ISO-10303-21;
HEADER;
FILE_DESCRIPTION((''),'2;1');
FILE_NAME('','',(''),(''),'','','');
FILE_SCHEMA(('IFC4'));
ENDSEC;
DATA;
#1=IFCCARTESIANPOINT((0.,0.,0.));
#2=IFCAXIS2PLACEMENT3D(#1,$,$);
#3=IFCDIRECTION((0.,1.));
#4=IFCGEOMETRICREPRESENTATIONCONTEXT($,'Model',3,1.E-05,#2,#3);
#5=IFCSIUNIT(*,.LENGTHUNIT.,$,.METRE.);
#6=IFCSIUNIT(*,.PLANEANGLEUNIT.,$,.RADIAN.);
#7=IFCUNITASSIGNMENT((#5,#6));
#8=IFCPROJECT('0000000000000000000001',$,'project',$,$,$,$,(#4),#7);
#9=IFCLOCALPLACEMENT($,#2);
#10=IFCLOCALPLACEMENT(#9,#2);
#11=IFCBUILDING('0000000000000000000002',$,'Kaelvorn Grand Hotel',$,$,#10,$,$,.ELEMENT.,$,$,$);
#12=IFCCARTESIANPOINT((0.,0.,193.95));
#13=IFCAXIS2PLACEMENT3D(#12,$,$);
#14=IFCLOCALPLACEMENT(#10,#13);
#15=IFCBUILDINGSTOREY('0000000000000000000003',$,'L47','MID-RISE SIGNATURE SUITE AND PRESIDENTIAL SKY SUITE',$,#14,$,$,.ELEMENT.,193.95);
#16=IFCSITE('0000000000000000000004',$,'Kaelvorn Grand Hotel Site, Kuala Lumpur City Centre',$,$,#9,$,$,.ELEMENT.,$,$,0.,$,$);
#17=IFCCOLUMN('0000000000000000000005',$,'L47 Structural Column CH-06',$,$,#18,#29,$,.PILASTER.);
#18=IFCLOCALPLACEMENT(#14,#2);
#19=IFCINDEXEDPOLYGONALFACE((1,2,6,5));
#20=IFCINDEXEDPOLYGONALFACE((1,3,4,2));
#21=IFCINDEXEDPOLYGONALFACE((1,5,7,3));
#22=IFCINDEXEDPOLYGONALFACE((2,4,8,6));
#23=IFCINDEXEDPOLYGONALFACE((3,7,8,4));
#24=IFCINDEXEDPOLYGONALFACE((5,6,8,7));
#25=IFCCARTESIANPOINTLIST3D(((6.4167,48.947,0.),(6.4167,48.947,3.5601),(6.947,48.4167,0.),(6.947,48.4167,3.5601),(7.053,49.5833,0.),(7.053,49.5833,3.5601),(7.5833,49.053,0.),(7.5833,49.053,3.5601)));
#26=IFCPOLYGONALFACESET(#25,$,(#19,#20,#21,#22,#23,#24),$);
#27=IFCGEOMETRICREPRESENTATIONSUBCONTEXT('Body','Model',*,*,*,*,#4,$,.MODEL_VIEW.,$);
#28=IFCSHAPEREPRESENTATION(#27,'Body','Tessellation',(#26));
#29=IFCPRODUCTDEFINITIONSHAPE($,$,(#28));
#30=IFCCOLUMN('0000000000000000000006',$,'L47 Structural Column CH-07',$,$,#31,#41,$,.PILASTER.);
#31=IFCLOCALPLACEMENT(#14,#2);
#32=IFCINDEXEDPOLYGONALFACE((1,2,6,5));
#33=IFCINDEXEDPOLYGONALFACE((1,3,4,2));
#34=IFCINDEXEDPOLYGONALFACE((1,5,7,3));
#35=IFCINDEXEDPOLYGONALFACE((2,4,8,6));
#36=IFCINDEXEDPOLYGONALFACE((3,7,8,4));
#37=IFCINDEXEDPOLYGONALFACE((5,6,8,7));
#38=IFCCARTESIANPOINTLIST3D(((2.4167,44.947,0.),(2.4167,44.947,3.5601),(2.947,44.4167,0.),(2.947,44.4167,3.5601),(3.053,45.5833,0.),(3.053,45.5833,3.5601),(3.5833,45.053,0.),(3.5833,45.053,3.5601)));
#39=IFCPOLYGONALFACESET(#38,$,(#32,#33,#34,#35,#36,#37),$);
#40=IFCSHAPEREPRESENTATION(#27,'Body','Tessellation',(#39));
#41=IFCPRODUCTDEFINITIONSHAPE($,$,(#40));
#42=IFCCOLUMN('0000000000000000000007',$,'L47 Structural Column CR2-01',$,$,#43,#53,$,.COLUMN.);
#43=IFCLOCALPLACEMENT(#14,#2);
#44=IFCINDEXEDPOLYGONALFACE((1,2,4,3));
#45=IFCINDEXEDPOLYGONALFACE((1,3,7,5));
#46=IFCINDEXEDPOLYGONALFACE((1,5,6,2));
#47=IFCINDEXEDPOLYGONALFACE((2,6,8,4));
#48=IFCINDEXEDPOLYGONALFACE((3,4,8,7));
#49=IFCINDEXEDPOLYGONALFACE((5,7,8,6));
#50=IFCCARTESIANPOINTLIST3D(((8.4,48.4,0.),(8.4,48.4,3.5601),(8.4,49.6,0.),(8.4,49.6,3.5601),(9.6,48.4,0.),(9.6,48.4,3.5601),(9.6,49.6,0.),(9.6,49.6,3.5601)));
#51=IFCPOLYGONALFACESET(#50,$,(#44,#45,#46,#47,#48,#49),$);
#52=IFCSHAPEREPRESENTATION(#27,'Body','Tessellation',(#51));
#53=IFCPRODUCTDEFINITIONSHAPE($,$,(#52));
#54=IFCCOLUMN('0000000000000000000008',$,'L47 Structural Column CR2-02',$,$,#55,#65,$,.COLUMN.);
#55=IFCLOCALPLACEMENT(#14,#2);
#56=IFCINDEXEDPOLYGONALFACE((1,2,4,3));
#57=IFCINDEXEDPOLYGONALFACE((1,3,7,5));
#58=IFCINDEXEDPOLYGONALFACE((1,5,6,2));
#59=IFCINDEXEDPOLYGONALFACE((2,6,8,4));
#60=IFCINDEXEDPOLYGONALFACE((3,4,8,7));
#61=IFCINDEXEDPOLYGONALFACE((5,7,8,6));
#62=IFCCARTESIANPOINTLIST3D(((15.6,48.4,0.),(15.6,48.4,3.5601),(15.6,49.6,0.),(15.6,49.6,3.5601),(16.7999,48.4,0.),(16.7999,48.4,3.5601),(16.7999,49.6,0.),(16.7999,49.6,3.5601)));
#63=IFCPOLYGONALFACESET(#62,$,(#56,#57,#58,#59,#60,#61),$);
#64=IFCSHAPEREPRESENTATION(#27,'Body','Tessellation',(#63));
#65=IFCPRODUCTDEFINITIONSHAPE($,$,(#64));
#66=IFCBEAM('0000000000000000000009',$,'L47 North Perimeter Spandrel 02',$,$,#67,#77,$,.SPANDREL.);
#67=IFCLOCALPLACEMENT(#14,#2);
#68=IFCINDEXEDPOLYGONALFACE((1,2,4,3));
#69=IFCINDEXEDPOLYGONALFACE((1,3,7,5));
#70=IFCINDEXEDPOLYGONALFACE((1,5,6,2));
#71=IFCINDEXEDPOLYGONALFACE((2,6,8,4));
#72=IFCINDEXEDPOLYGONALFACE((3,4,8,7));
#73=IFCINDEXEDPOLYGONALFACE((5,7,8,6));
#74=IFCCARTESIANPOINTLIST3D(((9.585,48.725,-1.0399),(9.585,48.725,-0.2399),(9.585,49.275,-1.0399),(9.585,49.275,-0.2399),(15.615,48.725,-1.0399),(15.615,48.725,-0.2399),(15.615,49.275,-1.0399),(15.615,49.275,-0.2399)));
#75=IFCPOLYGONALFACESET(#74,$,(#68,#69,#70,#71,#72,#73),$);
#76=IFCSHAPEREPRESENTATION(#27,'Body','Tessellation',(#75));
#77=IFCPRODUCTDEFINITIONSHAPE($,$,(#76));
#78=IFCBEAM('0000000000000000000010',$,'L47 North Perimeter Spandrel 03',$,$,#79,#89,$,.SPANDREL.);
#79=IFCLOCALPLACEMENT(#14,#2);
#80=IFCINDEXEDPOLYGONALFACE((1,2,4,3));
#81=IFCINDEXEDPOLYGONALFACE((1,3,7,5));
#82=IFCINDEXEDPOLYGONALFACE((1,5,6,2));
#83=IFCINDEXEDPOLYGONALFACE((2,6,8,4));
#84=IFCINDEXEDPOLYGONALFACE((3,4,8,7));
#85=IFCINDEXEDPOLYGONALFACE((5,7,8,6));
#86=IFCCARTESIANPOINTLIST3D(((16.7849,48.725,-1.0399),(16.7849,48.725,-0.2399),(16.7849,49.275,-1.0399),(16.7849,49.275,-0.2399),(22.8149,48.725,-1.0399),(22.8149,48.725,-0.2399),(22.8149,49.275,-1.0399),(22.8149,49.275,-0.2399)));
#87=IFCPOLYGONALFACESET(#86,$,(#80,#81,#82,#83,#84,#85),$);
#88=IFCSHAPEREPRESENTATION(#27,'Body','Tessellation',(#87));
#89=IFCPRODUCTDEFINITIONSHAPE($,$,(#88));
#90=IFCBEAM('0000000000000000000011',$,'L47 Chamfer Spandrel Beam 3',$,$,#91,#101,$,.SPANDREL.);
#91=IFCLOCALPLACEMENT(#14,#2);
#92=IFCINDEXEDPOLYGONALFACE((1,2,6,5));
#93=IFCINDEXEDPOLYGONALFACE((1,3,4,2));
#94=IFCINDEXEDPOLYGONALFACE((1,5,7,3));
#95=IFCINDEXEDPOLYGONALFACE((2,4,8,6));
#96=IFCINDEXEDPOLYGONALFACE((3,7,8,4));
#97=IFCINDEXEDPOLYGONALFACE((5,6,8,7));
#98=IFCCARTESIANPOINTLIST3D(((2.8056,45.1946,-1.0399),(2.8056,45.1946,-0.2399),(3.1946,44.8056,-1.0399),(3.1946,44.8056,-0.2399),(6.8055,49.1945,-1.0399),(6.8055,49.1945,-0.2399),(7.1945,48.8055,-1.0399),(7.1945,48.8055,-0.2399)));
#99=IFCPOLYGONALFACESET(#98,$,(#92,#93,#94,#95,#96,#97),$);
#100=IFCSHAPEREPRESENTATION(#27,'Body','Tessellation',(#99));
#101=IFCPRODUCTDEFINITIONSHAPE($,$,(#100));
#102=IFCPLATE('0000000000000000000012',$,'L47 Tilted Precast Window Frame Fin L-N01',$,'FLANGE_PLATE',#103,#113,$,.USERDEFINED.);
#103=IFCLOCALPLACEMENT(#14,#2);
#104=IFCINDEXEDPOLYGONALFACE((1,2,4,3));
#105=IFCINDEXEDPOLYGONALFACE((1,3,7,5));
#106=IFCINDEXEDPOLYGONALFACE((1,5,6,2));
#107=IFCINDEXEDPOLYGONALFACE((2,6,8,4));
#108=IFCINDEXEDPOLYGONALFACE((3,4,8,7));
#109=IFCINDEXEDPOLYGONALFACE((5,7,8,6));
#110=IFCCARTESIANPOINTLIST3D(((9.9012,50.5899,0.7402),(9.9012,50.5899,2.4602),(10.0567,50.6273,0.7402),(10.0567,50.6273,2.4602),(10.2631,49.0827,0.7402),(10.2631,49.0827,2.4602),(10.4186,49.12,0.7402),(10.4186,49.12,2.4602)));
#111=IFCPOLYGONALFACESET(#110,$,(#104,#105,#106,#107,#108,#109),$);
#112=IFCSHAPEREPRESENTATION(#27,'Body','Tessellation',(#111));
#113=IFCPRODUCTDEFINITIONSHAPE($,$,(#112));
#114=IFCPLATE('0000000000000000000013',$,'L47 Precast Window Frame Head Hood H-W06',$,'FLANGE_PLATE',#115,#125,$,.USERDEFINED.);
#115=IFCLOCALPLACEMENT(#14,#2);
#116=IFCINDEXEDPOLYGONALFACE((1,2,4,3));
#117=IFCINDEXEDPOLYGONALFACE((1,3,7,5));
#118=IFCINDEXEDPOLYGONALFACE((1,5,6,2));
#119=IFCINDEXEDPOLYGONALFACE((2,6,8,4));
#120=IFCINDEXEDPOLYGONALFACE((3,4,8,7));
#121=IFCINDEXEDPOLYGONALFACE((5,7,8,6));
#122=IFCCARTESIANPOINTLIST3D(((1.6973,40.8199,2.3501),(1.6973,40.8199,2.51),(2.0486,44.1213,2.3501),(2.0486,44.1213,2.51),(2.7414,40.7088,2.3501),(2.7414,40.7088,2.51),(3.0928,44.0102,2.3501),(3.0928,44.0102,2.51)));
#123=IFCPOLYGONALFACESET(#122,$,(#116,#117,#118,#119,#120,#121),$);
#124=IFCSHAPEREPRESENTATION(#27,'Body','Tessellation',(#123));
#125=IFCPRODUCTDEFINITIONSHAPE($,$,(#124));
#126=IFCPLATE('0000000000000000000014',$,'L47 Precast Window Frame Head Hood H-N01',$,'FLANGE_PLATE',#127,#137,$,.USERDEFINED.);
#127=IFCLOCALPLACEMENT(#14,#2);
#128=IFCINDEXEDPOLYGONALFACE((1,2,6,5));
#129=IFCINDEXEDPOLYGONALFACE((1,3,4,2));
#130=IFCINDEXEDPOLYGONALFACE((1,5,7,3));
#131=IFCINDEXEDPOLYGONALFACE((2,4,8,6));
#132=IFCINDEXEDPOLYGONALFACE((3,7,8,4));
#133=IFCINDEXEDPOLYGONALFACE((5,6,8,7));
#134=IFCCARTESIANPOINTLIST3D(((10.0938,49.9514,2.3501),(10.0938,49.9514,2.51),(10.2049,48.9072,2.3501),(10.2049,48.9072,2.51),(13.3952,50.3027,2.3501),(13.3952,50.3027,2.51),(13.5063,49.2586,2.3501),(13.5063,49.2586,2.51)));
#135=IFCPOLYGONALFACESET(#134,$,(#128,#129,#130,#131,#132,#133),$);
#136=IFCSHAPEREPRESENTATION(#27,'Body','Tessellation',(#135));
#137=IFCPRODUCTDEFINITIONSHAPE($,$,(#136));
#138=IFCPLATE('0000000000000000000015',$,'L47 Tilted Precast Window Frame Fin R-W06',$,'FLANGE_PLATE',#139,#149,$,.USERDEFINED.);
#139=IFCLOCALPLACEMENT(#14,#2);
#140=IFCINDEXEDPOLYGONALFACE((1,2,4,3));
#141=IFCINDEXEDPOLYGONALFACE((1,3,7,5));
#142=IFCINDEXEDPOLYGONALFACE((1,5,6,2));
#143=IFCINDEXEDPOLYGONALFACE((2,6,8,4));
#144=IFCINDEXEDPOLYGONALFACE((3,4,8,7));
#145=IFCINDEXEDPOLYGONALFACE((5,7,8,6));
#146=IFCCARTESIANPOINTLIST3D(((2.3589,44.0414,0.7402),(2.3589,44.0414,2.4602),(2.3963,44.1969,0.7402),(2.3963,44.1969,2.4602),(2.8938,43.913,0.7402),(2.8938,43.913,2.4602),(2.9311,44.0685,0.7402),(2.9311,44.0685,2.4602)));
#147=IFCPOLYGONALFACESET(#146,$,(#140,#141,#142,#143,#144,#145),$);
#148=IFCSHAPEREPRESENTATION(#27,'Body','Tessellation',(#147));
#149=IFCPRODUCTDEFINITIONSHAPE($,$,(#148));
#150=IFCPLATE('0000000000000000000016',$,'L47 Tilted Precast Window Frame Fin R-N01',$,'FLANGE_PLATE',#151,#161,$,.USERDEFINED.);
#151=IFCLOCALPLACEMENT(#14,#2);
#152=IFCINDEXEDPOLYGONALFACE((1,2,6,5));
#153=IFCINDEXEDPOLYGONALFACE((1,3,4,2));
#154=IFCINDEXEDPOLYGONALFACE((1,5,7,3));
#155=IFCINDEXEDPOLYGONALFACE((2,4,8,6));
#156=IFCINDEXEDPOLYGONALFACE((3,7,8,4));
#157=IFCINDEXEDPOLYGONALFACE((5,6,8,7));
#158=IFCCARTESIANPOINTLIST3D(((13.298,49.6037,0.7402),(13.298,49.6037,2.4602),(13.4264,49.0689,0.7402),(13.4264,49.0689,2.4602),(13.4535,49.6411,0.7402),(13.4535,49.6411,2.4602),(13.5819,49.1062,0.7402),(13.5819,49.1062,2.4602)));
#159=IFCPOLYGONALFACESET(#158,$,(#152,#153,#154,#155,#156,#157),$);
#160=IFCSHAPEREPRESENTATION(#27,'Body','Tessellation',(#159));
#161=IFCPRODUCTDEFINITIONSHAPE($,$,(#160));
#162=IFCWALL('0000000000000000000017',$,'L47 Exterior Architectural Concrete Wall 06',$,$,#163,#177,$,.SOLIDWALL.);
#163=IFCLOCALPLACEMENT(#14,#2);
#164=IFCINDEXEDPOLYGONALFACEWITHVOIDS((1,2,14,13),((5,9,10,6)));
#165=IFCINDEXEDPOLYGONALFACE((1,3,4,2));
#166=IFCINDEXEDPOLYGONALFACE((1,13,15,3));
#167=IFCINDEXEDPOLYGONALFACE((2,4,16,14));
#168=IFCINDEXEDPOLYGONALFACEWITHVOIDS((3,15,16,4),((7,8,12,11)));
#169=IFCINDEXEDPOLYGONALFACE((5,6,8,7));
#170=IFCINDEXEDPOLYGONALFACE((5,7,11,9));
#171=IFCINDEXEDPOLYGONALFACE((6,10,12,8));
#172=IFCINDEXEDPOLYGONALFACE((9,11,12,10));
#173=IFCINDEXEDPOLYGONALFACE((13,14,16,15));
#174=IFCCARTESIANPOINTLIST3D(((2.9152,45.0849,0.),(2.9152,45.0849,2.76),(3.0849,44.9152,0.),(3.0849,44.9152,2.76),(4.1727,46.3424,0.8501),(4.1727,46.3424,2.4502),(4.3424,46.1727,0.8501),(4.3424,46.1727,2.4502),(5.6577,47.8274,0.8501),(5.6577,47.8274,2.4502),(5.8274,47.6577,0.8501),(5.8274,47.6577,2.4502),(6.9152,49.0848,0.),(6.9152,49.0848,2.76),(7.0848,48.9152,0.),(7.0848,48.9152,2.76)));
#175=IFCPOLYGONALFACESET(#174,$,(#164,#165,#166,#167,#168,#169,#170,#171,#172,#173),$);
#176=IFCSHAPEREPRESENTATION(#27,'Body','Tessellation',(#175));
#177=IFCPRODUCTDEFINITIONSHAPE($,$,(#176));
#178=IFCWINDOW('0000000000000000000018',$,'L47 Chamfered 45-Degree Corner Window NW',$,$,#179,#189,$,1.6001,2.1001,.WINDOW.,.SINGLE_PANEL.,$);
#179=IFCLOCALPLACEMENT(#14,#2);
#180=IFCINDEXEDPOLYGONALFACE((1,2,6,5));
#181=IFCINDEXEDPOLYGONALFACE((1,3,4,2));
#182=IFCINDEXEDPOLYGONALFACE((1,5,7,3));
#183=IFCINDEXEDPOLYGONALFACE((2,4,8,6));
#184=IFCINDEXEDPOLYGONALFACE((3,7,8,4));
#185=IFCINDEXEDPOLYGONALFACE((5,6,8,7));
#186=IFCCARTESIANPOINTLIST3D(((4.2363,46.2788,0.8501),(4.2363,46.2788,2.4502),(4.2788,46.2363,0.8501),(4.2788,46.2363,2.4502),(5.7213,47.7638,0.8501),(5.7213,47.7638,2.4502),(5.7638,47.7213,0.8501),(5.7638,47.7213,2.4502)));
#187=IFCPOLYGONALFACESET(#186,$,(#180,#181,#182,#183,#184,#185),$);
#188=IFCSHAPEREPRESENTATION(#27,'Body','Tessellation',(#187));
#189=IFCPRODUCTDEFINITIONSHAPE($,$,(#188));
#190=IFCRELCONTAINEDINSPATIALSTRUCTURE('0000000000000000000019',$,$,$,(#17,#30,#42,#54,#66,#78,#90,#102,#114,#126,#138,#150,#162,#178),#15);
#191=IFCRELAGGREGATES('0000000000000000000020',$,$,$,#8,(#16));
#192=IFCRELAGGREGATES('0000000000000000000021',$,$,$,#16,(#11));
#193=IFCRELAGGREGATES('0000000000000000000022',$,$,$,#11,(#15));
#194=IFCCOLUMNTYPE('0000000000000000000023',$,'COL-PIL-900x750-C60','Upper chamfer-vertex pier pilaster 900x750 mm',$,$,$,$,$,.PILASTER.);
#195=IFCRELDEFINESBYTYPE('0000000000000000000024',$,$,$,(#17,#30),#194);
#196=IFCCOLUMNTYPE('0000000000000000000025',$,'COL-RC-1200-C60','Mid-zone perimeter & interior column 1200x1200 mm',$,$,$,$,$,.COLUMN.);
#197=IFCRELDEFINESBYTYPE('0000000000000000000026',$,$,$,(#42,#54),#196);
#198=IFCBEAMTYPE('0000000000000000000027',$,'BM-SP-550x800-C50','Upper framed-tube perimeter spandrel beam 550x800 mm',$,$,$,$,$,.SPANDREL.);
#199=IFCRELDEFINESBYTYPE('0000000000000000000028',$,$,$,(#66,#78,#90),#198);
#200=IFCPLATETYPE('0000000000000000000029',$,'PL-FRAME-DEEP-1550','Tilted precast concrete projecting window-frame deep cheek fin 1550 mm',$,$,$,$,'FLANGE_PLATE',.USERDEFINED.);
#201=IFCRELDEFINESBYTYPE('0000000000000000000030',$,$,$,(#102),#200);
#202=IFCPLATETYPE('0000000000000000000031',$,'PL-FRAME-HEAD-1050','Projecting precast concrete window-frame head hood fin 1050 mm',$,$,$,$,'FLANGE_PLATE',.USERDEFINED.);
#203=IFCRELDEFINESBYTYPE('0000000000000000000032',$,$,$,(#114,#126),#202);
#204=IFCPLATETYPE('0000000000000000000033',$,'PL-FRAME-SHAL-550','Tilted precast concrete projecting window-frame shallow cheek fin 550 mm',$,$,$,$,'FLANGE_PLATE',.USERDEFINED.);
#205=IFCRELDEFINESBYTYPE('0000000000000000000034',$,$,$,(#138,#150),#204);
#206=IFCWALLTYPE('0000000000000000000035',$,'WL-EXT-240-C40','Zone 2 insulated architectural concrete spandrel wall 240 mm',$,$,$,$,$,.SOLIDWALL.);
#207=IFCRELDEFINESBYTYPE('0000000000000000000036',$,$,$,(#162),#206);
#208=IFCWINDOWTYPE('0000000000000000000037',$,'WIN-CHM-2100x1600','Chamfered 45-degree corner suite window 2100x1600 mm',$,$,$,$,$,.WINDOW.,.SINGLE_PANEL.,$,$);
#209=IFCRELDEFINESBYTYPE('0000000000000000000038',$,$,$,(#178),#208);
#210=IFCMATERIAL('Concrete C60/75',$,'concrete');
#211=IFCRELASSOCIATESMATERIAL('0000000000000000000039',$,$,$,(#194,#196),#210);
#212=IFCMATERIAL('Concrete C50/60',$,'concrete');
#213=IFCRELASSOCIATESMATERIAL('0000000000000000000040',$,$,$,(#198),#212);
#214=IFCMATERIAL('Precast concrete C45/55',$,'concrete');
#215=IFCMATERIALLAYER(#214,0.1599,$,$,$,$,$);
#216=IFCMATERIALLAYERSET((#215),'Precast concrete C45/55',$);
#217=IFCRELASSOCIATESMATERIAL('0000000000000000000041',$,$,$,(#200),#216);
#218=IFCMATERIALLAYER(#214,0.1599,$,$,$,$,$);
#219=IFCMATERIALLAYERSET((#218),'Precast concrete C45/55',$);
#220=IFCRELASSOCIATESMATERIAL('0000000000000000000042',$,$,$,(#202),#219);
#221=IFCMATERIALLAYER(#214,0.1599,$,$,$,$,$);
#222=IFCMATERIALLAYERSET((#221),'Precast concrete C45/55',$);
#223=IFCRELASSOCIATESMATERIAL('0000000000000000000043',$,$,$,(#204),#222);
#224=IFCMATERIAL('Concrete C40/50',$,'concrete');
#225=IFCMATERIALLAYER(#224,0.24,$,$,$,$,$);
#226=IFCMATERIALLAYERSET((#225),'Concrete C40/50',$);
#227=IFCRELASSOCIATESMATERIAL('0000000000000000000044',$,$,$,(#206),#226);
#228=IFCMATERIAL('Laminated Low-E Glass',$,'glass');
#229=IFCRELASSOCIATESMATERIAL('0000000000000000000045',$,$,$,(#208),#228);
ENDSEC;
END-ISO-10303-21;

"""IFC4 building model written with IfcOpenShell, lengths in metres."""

from ifc_helpers import new_model, si_unit, direction, frame, frame_2d, origin, origin_2d, place, context, subcontext, project, spatial, rectangle, extrude, material, layer, layer_set, material_profile, profile_set, type_object, element, fill, save


model = new_model("IFC4")

# Units and contexts
model_context = context("Model", 3, precision=1e-05, world=origin(), true_north=direction((0.0, 1.0)))
body_context = subcontext(model_context, "Body", "Model", "MODEL_VIEW")
ifc_project = project(units=[si_unit("LENGTHUNIT", "METRE"), si_unit("PLANEANGLEUNIT", "RADIAN")], contexts=[model_context])

# Site, building, storey
site_placement = place(None, origin())
site = spatial("IfcSite", under=ifc_project, at=site_placement, Name="Kaelvorn Grand Hotel Site, Kuala Lumpur City Centre", CompositionType="ELEMENT", RefElevation=0.0)
building_placement = place(site_placement, origin())
building = spatial("IfcBuilding", under=site, at=building_placement, Name="Kaelvorn Grand Hotel", CompositionType="ELEMENT")
storey_placement = place(building_placement, frame((0.0, 0.0, 193.95)))
storey = spatial("IfcBuildingStorey", under=building, at=storey_placement, Name="L47", Description="MID-RISE SIGNATURE SUITE AND PRESIDENTIAL SKY SUITE", CompositionType="ELEMENT", Elevation=193.95)

# Columns
ifc_material_1 = material(Name="Concrete C60/75", Category="concrete")
ifc_material_profile_1 = material_profile(ifc_material_1, rectangle(XDim=0.8999, YDim=0.75, at=origin_2d()), Name="RC PILASTER 900x750")
ifc_profile_set_1 = profile_set([ifc_material_profile_1], Name="Concrete C60/75")
column_type_1 = type_object("IfcColumnType", Name="COL-PIL-900x750-C60", Description="Upper chamfer-vertex pier pilaster 900x750 mm", PredefinedType="PILASTER", material=ifc_profile_set_1)
for number, where, z_axis, x_axis, name in (
    (1, (7.0, 49.0, 0.0), (0.0, 0.0, 1.0), (0.707107, 0.707107, 0.0), "L47 Structural Column CH-06"),
    (2, (3.0, 45.0, 0.0), (0.0, 0.0, 1.0), (0.707107, 0.707107, 0.0), "L47 Structural Column CH-07"),
):
    element("IfcColumn", number, at=place(storey_placement, frame(where, z_axis=z_axis, x_axis=x_axis)), inside=storey, type_object=column_type_1, Name=name, PredefinedType="PILASTER", context=body_context, shape_type="SweptSolid", body=[
        extrude(rectangle(XDim=0.8999, YDim=0.75, at=origin_2d()), origin(), (0.0, 0.0, 1.0), 3.5601),
    ])
ifc_material_profile_2 = material_profile(ifc_material_1, rectangle(XDim=1.2, YDim=1.2, at=origin_2d()), Name="RC COL 1200x1200")
ifc_profile_set_2 = profile_set([ifc_material_profile_2], Name="Concrete C60/75")
column_type_2 = type_object("IfcColumnType", Name="COL-RC-1200-C60", Description="Mid-zone perimeter & interior column 1200x1200 mm", PredefinedType="COLUMN", material=ifc_profile_set_2)
for number, where, z_axis, x_axis, name in (
    (3, (9.0, 49.0, 0.0), (0.0, 0.0, 1.0), (1.0, 0.0, 0.0), "L47 Structural Column CR2-01"),
    (4, (16.2, 49.0, 0.0), (0.0, 0.0, 1.0), (1.0, 0.0, 0.0), "L47 Structural Column CR2-02"),
):
    element("IfcColumn", number, at=place(storey_placement, frame(where, z_axis=z_axis, x_axis=x_axis)), inside=storey, type_object=column_type_2, Name=name, PredefinedType="COLUMN", context=body_context, shape_type="SweptSolid", body=[
        extrude(rectangle(XDim=1.2, YDim=1.2, at=origin_2d()), origin(), (0.0, 0.0, 1.0), 3.5601),
    ])

# Beams
ifc_material_2 = material(Name="Concrete C50/60", Category="concrete")
ifc_material_profile_3 = material_profile(ifc_material_2, rectangle(XDim=0.55, YDim=0.8, at=origin_2d()), Name="RC SPANDREL 550x800")
ifc_profile_set_3 = profile_set([ifc_material_profile_3], Name="Concrete C50/60")
beam_type = type_object("IfcBeamType", Name="BM-SP-550x800-C50", Description="Upper framed-tube perimeter spandrel beam 550x800 mm", PredefinedType="SPANDREL", material=ifc_profile_set_3)
for number, where, z_axis, x_axis, name in (
    (5, (9.585, 49.0, -0.6399), (1.0, 0.0, 0.0), (0.0, 1.0, 0.0), "L47 North Perimeter Spandrel 02"),
    (6, (16.7849, 49.0, -0.6399), (1.0, 0.0, 0.0), (0.0, 1.0, 0.0), "L47 North Perimeter Spandrel 03"),
):
    element("IfcBeam", number, at=place(storey_placement, frame(where, z_axis=z_axis, x_axis=x_axis)), inside=storey, type_object=beam_type, Name=name, PredefinedType="SPANDREL", context=body_context, shape_type="SweptSolid", body=[
        extrude(rectangle(XDim=0.55, YDim=0.8, at=origin_2d()), origin(), (0.0, 0.0, 1.0), 6.03),
    ])
beam_placement = place(storey_placement, frame((7.0, 49.0, -0.6399), z_axis=(-0.707107, -0.707107, 0.0), x_axis=(0.707107, -0.707107, 0.0)))
element("IfcBeam", 7, at=beam_placement, inside=storey, type_object=beam_type, Name="L47 Chamfer Spandrel Beam 3", PredefinedType="SPANDREL", context=body_context, shape_type="SweptSolid", body=[
    extrude(rectangle(XDim=0.55, YDim=0.8, at=origin_2d()), origin(), (0.0, 0.0, 1.0), 5.6567),
])

# Plates
ifc_material_3 = material(Name="Precast concrete C45/55", Category="concrete")
ifc_layer_1 = layer(ifc_material_3, 0.1599)
ifc_layer_set_1 = layer_set([ifc_layer_1], Name="Precast concrete C45/55")
plate_type_1 = type_object("IfcPlateType", Name="PL-FRAME-DEEP-1550", Description="Tilted precast concrete projecting window-frame deep cheek fin 1550 mm", ElementType="FLANGE_PLATE", PredefinedType="USERDEFINED", material=ifc_layer_set_1)
plate_placement = place(storey_placement, frame((10.1599, 49.855, 0.7402), z_axis=(0.0, 0.0, 1.0), x_axis=(0.97237, 0.233445, 0.0)))
element("IfcPlate", 8, at=plate_placement, inside=storey, type_object=plate_type_1, Name="L47 Tilted Precast Window Frame Fin L-N01", ObjectType="FLANGE_PLATE", PredefinedType="USERDEFINED", context=body_context, shape_type="SweptSolid", body=[
    extrude(rectangle(XDim=0.1599, YDim=1.55, at=origin_2d()), origin(), (0.0, 0.0, 1.0), 1.72),
])
ifc_layer_2 = layer(ifc_material_3, 0.1599)
ifc_layer_set_2 = layer_set([ifc_layer_2], Name="Precast concrete C45/55")
plate_type_2 = type_object("IfcPlateType", Name="PL-FRAME-HEAD-1050", Description="Projecting precast concrete window-frame head hood fin 1050 mm", ElementType="FLANGE_PLATE", PredefinedType="USERDEFINED", material=ifc_layer_set_2)
for number, where, z_axis, x_axis, name in (
    (9, (2.395, 42.415, 2.3501), (0.0, 0.0, 1.0), (0.10583, 0.994384, 0.0), "L47 Precast Window Frame Head Hood H-W06"),
    (10, (11.8, 49.605, 2.3501), (0.0, 0.0, 1.0), (0.994384, 0.10583, 0.0), "L47 Precast Window Frame Head Hood H-N01"),
):
    element("IfcPlate", number, at=place(storey_placement, frame(where, z_axis=z_axis, x_axis=x_axis)), inside=storey, type_object=plate_type_2, Name=name, ObjectType="FLANGE_PLATE", PredefinedType="USERDEFINED", context=body_context, shape_type="SweptSolid", body=[
        extrude(rectangle(XDim=3.3201, YDim=1.05, at=origin_2d()), origin(), (0.0, 0.0, 1.0), 0.1599),
    ])
ifc_layer_3 = layer(ifc_material_3, 0.1599)
ifc_layer_set_3 = layer_set([ifc_layer_3], Name="Precast concrete C45/55")
plate_type_3 = type_object("IfcPlateType", Name="PL-FRAME-SHAL-550", Description="Tilted precast concrete projecting window-frame shallow cheek fin 550 mm", ElementType="FLANGE_PLATE", PredefinedType="USERDEFINED", material=ifc_layer_set_3)
for number, where, z_axis, x_axis, name in (
    (11, (2.645, 44.0549, 0.7402), (0.0, 0.0, 1.0), (0.233445, 0.97237, 0.0), "L47 Tilted Precast Window Frame Fin R-W06"),
    (12, (13.4399, 49.355, 0.7402), (0.0, 0.0, 1.0), (0.97237, 0.233445, 0.0), "L47 Tilted Precast Window Frame Fin R-N01"),
):
    element("IfcPlate", number, at=place(storey_placement, frame(where, z_axis=z_axis, x_axis=x_axis)), inside=storey, type_object=plate_type_3, Name=name, ObjectType="FLANGE_PLATE", PredefinedType="USERDEFINED", context=body_context, shape_type="SweptSolid", body=[
        extrude(rectangle(XDim=0.1599, YDim=0.55, at=origin_2d()), origin(), (0.0, 0.0, 1.0), 1.72),
    ])

# Wall, opening, window
ifc_material_4 = material(Name="Concrete C40/50", Category="concrete")
ifc_layer_4 = layer(ifc_material_4, 0.24)
ifc_layer_set_4 = layer_set([ifc_layer_4], Name="Concrete C40/50")
wall_type_1 = type_object("IfcWallType", Name="WL-EXT-240-C40", Description="Zone 2 insulated architectural concrete spandrel wall 240 mm", PredefinedType="SOLIDWALL", material=ifc_layer_set_4)
wall_1_placement = place(storey_placement, frame((7.0, 49.0, 0.0), z_axis=(0.0, 0.0, 1.0), x_axis=(-0.707107, -0.707107, 0.0)))
wall_1 = element("IfcWall", 13, at=wall_1_placement, inside=storey, type_object=wall_type_1, Name="L47 Exterior Architectural Concrete Wall 06", PredefinedType="SOLIDWALL", context=body_context, shape_type="SweptSolid", body=[
    extrude(rectangle(XDim=5.6567, YDim=0.24, at=frame_2d((2.8284, 0.0))), origin(), (0.0, 0.0, 1.0), 2.76),
])
opening_1_placement = place(wall_1_placement, frame((1.7783, 0.0, 0.8501)))
opening_1 = element("IfcOpeningElement", 14, at=opening_1_placement, cuts=wall_1, PredefinedType="OPENING", context=body_context, shape_type="SweptSolid", body=[
    extrude(rectangle(XDim=2.1001, YDim=1.6001, at=frame_2d((1.05, 0.8))), frame((0.0, 0.1299, 0.0), z_axis=(0.0, -1.0, 0.0), x_axis=(1.0, 0.0, 0.0)), (0.0, 0.0, 1.0), 0.26),
])
ifc_material_5 = material(Name="Laminated Low-E Glass", Category="glass")
window_type_1 = type_object("IfcWindowType", Name="WIN-CHM-2100x1600", Description="Chamfered 45-degree corner suite window 2100x1600 mm", PartitioningType="SINGLE_PANEL", PredefinedType="WINDOW", material=ifc_material_5)
window_1_placement = place(opening_1_placement, origin())
window_1 = element("IfcWindow", 15, at=window_1_placement, inside=storey, type_object=window_type_1, Name="L47 Chamfered 45-Degree Corner Window NW", OverallHeight=1.6001, OverallWidth=2.1001, PartitioningType="SINGLE_PANEL", PredefinedType="WINDOW", context=body_context, shape_type="SweptSolid", body=[
    extrude(rectangle(XDim=2.1001, YDim=1.6001, at=frame_2d((1.05, 0.8))), frame((0.0, 0.03, 0.0), z_axis=(0.0, -1.0, 0.0), x_axis=(1.0, 0.0, 0.0)), (0.0, 0.0, 1.0), 0.0601),
])
fill(opening_1, window_1)

save(model, "model.ifc")
